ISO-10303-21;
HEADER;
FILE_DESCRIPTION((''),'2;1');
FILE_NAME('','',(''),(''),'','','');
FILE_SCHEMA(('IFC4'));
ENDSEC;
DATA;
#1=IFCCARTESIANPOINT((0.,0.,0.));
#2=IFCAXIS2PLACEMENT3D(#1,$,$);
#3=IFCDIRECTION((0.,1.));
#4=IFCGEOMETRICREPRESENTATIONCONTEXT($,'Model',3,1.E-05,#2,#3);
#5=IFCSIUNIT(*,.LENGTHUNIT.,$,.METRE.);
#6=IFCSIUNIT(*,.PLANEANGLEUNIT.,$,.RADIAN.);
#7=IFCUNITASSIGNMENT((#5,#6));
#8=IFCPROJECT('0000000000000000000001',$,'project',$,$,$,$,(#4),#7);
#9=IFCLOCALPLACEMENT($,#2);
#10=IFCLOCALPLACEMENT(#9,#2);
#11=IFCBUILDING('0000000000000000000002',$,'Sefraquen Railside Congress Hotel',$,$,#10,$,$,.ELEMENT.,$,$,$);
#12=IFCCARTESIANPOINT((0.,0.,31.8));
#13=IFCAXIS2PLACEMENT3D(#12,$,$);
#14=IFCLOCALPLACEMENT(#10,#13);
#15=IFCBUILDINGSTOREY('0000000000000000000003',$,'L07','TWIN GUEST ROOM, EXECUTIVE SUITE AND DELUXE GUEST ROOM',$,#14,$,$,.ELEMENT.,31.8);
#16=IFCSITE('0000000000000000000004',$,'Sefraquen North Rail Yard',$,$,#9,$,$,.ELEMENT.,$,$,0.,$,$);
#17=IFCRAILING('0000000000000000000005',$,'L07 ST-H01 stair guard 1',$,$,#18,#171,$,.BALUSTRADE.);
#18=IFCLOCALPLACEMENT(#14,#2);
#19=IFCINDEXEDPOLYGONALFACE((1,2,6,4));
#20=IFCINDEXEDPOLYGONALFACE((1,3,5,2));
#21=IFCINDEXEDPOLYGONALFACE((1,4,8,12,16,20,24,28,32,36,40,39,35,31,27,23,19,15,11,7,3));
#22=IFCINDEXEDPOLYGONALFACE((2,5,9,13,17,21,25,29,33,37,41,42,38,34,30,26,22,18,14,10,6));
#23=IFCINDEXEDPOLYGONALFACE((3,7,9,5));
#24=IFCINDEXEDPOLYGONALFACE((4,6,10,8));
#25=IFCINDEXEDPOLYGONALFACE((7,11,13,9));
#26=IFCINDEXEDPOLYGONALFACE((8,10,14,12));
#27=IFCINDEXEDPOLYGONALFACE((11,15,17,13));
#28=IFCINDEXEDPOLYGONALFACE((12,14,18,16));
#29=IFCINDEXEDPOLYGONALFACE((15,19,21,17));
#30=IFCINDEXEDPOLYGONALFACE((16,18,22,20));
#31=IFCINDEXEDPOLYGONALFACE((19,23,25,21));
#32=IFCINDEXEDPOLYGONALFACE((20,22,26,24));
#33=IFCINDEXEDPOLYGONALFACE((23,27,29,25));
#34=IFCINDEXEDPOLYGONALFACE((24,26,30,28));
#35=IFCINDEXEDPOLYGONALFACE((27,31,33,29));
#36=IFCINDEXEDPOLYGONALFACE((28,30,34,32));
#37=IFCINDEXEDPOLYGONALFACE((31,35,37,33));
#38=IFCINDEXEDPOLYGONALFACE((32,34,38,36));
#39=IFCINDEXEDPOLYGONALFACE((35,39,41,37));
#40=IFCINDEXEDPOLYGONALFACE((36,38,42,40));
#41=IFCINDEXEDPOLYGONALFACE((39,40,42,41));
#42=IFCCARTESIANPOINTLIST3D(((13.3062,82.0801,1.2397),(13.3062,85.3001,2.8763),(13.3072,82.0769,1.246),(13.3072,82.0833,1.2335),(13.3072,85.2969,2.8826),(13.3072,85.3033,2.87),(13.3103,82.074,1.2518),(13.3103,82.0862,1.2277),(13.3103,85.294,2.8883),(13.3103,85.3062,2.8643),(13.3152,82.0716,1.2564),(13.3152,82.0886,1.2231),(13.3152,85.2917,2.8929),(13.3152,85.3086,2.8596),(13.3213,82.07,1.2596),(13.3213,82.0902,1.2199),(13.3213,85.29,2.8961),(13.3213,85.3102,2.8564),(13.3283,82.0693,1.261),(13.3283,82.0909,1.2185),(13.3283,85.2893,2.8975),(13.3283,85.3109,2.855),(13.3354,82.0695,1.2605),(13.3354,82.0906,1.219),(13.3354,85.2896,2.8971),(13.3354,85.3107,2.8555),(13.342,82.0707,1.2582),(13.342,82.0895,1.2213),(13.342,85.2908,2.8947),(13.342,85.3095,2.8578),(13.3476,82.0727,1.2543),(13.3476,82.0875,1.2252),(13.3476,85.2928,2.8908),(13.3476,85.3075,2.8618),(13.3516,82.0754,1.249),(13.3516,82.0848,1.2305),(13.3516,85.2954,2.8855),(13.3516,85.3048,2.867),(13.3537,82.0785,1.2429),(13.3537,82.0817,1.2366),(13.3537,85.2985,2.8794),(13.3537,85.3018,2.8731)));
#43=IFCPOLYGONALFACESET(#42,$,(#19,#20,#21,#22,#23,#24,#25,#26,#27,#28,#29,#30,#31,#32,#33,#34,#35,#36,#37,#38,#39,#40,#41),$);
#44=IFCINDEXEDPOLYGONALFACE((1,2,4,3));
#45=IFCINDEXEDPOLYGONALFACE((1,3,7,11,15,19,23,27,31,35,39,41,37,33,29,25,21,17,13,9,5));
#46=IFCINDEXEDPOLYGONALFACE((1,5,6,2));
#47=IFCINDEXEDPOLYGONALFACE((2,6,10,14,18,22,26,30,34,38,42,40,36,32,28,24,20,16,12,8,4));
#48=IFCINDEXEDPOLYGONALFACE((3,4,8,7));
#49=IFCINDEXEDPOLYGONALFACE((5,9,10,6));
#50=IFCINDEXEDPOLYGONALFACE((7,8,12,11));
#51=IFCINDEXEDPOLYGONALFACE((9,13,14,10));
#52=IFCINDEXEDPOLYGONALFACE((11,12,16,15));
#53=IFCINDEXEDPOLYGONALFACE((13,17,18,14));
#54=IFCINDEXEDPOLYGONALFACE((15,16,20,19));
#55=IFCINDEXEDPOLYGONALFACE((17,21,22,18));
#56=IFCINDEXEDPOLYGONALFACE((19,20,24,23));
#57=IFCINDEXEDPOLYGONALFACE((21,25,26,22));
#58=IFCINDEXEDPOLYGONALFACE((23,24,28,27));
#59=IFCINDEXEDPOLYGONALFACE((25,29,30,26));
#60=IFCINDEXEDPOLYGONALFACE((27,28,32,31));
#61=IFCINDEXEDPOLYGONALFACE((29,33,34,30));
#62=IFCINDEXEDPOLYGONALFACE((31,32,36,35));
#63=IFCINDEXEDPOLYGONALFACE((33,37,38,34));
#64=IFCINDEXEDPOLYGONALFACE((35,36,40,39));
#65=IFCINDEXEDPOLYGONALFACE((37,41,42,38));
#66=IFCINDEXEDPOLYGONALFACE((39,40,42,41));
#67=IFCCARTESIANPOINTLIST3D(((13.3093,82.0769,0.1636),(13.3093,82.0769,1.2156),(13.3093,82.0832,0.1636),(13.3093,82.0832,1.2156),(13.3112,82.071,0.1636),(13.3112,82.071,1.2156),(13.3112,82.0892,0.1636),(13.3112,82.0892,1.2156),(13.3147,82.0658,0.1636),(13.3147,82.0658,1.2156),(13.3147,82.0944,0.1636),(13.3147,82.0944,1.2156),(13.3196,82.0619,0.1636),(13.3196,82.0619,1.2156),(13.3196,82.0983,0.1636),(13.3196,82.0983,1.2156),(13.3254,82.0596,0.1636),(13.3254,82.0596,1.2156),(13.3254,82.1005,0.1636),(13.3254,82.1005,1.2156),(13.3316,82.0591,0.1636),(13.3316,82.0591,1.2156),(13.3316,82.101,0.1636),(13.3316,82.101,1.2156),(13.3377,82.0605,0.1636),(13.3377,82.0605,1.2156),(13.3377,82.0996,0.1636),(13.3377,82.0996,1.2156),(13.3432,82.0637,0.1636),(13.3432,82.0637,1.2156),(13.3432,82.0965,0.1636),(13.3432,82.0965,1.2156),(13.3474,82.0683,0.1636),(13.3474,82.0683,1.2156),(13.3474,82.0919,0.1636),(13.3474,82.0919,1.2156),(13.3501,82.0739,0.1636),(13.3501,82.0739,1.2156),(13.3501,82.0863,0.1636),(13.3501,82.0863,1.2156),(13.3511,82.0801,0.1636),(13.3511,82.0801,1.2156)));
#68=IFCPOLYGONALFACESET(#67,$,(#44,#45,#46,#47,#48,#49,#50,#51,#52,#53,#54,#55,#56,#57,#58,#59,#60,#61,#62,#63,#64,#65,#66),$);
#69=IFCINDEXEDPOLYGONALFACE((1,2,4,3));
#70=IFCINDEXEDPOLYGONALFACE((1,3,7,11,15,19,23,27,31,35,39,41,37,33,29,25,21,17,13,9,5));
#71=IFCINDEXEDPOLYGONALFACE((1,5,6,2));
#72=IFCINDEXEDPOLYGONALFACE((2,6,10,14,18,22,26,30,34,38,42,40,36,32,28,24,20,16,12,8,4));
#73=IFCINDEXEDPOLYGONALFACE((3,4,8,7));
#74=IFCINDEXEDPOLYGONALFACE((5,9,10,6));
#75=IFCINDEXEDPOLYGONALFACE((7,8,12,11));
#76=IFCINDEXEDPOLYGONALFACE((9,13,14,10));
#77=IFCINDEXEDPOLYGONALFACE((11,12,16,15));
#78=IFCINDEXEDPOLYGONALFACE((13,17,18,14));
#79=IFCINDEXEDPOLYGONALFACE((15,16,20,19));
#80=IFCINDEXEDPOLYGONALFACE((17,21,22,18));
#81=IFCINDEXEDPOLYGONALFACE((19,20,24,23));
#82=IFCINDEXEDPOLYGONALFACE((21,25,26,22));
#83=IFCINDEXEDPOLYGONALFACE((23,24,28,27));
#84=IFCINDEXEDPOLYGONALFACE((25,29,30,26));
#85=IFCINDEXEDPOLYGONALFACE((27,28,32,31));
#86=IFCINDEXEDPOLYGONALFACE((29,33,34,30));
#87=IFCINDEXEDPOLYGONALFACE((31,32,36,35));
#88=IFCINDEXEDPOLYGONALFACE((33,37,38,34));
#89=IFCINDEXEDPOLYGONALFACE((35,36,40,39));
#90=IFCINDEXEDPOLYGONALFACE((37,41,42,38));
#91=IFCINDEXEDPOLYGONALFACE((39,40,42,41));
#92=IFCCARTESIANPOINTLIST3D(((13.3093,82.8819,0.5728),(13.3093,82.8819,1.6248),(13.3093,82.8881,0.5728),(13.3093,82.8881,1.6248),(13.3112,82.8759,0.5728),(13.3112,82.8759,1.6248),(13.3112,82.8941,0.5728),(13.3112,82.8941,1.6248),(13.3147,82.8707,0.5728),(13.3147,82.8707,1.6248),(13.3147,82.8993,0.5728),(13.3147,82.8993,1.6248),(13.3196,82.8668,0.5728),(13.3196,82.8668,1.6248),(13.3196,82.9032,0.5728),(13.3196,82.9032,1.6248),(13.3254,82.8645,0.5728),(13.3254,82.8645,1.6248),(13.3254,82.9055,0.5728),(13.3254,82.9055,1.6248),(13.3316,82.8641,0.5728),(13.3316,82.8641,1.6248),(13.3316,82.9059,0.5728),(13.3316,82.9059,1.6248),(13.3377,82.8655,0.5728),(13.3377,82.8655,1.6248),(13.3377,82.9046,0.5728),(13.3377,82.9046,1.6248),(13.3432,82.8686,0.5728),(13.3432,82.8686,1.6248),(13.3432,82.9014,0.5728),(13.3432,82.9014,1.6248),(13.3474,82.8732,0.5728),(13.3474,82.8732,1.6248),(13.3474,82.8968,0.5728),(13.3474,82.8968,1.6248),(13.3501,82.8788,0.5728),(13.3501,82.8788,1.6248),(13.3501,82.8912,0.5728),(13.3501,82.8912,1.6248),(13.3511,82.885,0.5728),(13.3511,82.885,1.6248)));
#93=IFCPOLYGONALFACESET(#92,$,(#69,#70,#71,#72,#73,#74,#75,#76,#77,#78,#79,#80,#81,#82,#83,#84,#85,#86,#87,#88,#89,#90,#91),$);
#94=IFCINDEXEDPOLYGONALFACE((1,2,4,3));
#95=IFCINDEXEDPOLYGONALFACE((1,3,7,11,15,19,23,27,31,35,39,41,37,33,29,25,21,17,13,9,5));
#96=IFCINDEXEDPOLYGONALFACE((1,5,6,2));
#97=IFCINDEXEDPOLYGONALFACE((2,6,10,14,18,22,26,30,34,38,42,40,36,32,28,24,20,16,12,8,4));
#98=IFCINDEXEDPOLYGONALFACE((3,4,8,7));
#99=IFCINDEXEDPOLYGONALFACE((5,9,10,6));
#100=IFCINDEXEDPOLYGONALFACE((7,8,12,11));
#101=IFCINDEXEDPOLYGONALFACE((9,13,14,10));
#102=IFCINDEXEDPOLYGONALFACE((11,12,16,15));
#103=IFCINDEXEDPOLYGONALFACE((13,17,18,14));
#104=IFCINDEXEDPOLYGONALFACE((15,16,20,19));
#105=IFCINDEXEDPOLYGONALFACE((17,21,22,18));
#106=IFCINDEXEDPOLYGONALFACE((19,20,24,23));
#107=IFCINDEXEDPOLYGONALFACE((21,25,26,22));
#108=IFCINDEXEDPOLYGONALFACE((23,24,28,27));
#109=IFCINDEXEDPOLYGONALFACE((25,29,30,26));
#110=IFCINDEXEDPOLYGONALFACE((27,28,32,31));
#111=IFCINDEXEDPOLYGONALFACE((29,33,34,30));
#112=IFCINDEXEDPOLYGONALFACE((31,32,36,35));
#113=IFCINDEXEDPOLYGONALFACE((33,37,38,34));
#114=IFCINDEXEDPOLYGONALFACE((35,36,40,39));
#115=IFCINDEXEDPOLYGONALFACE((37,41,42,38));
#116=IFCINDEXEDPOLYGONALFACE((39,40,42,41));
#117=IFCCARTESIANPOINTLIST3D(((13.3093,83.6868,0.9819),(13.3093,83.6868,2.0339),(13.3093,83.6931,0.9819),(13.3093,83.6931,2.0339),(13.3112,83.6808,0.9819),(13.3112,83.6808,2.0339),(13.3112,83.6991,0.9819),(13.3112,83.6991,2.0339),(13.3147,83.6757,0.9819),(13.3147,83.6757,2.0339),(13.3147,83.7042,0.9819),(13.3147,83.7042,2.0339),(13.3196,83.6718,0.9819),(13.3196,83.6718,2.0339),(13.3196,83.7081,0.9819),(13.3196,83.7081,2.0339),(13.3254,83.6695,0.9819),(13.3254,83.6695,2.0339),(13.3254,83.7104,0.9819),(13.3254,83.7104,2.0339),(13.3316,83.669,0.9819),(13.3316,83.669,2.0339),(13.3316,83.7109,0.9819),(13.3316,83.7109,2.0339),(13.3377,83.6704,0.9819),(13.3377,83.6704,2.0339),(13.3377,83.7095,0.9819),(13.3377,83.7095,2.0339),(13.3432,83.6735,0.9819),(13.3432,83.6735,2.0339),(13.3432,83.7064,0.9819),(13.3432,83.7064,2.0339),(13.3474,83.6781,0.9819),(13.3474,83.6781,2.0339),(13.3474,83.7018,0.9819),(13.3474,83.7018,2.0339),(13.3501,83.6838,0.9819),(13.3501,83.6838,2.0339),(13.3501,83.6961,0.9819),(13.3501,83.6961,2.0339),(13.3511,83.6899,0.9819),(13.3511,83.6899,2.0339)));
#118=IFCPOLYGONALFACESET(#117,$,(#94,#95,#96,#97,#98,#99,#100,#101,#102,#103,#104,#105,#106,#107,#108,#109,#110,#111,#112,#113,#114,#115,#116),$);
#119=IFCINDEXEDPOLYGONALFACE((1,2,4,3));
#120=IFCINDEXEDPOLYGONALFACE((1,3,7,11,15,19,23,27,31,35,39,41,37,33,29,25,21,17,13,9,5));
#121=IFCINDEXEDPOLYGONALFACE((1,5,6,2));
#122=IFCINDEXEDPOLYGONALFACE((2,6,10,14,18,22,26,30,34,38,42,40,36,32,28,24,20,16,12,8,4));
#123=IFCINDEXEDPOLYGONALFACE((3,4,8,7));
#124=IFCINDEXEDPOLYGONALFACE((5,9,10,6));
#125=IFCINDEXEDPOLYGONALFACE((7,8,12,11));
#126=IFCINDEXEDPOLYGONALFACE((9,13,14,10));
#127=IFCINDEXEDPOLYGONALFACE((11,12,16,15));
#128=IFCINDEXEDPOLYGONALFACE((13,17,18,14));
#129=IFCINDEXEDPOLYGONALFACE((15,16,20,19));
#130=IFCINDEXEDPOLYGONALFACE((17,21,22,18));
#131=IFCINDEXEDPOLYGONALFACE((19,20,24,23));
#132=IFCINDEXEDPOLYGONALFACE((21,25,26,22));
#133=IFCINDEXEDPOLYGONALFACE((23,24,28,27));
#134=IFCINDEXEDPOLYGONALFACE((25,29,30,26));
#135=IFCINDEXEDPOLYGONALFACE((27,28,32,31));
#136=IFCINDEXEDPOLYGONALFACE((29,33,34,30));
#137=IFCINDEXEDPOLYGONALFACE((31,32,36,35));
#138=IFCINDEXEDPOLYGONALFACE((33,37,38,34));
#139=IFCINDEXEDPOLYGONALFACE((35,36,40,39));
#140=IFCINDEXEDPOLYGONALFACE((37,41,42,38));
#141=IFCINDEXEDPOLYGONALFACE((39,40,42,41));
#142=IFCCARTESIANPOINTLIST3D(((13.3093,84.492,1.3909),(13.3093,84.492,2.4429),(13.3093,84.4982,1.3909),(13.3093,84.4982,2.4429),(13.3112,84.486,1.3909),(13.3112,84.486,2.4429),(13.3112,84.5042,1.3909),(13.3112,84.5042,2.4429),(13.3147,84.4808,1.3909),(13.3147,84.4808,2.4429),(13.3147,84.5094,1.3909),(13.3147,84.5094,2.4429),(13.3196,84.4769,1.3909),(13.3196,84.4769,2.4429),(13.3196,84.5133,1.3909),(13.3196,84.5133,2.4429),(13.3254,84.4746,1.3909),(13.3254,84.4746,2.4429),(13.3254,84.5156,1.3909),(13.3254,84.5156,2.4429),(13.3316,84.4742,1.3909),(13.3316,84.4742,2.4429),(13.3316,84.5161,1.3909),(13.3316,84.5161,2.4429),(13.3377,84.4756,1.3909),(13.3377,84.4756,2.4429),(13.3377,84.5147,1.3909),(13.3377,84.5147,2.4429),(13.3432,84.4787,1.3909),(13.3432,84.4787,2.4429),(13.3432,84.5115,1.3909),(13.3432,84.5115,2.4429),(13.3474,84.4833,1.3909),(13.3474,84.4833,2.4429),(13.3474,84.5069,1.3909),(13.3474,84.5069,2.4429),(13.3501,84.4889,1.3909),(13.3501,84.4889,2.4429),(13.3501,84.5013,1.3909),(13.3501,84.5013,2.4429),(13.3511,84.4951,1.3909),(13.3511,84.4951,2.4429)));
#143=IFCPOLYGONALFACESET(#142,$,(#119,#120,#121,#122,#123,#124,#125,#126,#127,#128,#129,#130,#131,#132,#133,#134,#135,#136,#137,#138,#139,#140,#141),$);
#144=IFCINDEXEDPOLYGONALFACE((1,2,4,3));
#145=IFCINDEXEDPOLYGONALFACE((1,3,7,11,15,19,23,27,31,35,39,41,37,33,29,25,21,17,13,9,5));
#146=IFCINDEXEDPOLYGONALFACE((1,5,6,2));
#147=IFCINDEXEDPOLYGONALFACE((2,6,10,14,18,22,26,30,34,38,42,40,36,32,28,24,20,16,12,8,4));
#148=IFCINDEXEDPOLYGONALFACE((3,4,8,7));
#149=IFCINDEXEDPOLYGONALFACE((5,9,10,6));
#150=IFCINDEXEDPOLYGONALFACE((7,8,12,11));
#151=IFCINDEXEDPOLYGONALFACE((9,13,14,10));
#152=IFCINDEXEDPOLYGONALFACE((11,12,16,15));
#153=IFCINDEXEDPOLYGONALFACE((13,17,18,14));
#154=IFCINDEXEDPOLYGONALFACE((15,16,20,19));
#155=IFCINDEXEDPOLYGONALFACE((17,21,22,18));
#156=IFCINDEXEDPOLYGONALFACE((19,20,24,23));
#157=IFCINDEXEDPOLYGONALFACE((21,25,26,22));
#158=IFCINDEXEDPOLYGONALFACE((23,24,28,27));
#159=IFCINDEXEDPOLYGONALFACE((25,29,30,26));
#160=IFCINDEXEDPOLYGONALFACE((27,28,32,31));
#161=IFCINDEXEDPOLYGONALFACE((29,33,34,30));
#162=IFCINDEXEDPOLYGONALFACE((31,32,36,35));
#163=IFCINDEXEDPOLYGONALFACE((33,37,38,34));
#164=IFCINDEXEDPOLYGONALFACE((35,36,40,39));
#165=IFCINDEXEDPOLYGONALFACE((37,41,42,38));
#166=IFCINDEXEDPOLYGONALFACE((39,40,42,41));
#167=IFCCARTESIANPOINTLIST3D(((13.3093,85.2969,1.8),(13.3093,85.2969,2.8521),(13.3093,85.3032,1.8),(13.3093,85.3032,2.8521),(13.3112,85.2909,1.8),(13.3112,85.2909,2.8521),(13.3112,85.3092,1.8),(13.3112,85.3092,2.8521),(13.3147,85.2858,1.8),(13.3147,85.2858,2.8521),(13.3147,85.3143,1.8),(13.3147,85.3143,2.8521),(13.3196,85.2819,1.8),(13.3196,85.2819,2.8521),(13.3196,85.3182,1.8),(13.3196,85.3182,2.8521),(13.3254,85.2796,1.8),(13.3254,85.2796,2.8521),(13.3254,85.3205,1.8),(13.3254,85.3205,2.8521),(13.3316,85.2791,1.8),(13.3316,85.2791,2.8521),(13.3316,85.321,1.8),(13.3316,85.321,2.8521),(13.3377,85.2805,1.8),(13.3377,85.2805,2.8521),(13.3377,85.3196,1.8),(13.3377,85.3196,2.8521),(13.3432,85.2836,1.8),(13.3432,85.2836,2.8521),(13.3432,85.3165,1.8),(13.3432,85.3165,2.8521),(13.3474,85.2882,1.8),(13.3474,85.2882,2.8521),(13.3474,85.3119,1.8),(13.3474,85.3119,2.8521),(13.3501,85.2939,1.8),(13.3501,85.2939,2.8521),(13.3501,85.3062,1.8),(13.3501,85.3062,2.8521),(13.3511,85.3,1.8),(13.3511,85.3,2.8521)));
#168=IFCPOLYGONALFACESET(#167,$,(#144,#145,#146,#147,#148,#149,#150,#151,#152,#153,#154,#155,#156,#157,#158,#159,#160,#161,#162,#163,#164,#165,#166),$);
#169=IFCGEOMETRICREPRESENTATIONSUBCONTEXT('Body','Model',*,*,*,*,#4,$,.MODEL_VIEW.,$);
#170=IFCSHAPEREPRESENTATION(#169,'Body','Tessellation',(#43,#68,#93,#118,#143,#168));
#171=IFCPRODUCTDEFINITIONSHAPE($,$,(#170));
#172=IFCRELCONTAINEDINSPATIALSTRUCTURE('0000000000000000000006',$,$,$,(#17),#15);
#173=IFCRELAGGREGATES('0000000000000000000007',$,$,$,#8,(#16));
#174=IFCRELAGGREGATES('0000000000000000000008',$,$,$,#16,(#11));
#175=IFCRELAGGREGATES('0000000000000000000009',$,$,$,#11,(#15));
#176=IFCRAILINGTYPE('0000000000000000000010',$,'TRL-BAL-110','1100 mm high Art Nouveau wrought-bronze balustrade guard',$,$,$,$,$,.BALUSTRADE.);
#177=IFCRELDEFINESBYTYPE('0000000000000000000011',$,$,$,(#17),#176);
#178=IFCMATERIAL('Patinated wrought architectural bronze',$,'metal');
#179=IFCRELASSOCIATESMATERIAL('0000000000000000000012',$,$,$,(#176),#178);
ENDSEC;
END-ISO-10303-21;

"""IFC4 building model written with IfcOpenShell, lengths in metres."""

from ifc_helpers import new_model, si_unit, direction, frame, origin, origin_2d, place, context, subcontext, project, spatial, circle, extrude, material, type_object, element, save


model = new_model("IFC4")

# Units and contexts
model_context = context("Model", 3, precision=1e-05, world=origin(), true_north=direction((0.0, 1.0)))
body_context = subcontext(model_context, "Body", "Model", "MODEL_VIEW")
ifc_project = project(units=[si_unit("LENGTHUNIT", "METRE"), si_unit("PLANEANGLEUNIT", "RADIAN")], contexts=[model_context])

# Site, building, storey
site_placement = place(None, origin())
site = spatial("IfcSite", under=ifc_project, at=site_placement, Name="Sefraquen North Rail Yard", CompositionType="ELEMENT", RefElevation=0.0)
building_placement = place(site_placement, origin())
building = spatial("IfcBuilding", under=site, at=building_placement, Name="Sefraquen Railside Congress Hotel", CompositionType="ELEMENT")
storey_placement = place(building_placement, frame((0.0, 0.0, 31.8)))
storey = spatial("IfcBuildingStorey", under=building, at=storey_placement, Name="L07", Description="TWIN GUEST ROOM, EXECUTIVE SUITE AND DELUXE GUEST ROOM", CompositionType="ELEMENT", Elevation=31.8)

# Railing
ifc_material_1 = material(Name="Patinated wrought architectural bronze", Category="metal")
railing_type_1 = type_object("IfcRailingType", Name="TRL-BAL-110", Description="1100 mm high Art Nouveau wrought-bronze balustrade guard", PredefinedType="BALUSTRADE", material=ifc_material_1)
railing_1_placement = place(storey_placement, frame((13.3301, 82.0801, 0.1636)))
element("IfcRailing", 1, at=railing_1_placement, inside=storey, type_object=railing_type_1, Name="L07 ST-H01 stair guard 1", PredefinedType="BALUSTRADE", context=body_context, shape_type="SweptSolid", body=[
    extrude(circle(Radius=0.0239, at=origin_2d()), frame((0.0, 0.0, 1.0762), z_axis=(0.0, 0.891474, 0.453071), x_axis=(-1.0, 0.0, 0.0)), (0.0, 0.0, 1.0), 3.6121),
    extrude(circle(Radius=0.021, at=origin_2d()), origin(), (0.0, 0.0, 1.0), 1.052),
    extrude(circle(Radius=0.021, at=origin_2d()), frame((0.0, 0.8049, 0.4092)), (0.0, 0.0, 1.0), 1.052),
    extrude(circle(Radius=0.021, at=origin_2d()), frame((0.0, 1.6099, 0.8184)), (0.0, 0.0, 1.0), 1.052),
    extrude(circle(Radius=0.021, at=origin_2d()), frame((0.0, 2.415, 1.2273)), (0.0, 0.0, 1.0), 1.052),
    extrude(circle(Radius=0.021, at=origin_2d()), frame((0.0, 3.22, 1.6365)), (0.0, 0.0, 1.0), 1.052),
])

save(model, "model.ifc")
